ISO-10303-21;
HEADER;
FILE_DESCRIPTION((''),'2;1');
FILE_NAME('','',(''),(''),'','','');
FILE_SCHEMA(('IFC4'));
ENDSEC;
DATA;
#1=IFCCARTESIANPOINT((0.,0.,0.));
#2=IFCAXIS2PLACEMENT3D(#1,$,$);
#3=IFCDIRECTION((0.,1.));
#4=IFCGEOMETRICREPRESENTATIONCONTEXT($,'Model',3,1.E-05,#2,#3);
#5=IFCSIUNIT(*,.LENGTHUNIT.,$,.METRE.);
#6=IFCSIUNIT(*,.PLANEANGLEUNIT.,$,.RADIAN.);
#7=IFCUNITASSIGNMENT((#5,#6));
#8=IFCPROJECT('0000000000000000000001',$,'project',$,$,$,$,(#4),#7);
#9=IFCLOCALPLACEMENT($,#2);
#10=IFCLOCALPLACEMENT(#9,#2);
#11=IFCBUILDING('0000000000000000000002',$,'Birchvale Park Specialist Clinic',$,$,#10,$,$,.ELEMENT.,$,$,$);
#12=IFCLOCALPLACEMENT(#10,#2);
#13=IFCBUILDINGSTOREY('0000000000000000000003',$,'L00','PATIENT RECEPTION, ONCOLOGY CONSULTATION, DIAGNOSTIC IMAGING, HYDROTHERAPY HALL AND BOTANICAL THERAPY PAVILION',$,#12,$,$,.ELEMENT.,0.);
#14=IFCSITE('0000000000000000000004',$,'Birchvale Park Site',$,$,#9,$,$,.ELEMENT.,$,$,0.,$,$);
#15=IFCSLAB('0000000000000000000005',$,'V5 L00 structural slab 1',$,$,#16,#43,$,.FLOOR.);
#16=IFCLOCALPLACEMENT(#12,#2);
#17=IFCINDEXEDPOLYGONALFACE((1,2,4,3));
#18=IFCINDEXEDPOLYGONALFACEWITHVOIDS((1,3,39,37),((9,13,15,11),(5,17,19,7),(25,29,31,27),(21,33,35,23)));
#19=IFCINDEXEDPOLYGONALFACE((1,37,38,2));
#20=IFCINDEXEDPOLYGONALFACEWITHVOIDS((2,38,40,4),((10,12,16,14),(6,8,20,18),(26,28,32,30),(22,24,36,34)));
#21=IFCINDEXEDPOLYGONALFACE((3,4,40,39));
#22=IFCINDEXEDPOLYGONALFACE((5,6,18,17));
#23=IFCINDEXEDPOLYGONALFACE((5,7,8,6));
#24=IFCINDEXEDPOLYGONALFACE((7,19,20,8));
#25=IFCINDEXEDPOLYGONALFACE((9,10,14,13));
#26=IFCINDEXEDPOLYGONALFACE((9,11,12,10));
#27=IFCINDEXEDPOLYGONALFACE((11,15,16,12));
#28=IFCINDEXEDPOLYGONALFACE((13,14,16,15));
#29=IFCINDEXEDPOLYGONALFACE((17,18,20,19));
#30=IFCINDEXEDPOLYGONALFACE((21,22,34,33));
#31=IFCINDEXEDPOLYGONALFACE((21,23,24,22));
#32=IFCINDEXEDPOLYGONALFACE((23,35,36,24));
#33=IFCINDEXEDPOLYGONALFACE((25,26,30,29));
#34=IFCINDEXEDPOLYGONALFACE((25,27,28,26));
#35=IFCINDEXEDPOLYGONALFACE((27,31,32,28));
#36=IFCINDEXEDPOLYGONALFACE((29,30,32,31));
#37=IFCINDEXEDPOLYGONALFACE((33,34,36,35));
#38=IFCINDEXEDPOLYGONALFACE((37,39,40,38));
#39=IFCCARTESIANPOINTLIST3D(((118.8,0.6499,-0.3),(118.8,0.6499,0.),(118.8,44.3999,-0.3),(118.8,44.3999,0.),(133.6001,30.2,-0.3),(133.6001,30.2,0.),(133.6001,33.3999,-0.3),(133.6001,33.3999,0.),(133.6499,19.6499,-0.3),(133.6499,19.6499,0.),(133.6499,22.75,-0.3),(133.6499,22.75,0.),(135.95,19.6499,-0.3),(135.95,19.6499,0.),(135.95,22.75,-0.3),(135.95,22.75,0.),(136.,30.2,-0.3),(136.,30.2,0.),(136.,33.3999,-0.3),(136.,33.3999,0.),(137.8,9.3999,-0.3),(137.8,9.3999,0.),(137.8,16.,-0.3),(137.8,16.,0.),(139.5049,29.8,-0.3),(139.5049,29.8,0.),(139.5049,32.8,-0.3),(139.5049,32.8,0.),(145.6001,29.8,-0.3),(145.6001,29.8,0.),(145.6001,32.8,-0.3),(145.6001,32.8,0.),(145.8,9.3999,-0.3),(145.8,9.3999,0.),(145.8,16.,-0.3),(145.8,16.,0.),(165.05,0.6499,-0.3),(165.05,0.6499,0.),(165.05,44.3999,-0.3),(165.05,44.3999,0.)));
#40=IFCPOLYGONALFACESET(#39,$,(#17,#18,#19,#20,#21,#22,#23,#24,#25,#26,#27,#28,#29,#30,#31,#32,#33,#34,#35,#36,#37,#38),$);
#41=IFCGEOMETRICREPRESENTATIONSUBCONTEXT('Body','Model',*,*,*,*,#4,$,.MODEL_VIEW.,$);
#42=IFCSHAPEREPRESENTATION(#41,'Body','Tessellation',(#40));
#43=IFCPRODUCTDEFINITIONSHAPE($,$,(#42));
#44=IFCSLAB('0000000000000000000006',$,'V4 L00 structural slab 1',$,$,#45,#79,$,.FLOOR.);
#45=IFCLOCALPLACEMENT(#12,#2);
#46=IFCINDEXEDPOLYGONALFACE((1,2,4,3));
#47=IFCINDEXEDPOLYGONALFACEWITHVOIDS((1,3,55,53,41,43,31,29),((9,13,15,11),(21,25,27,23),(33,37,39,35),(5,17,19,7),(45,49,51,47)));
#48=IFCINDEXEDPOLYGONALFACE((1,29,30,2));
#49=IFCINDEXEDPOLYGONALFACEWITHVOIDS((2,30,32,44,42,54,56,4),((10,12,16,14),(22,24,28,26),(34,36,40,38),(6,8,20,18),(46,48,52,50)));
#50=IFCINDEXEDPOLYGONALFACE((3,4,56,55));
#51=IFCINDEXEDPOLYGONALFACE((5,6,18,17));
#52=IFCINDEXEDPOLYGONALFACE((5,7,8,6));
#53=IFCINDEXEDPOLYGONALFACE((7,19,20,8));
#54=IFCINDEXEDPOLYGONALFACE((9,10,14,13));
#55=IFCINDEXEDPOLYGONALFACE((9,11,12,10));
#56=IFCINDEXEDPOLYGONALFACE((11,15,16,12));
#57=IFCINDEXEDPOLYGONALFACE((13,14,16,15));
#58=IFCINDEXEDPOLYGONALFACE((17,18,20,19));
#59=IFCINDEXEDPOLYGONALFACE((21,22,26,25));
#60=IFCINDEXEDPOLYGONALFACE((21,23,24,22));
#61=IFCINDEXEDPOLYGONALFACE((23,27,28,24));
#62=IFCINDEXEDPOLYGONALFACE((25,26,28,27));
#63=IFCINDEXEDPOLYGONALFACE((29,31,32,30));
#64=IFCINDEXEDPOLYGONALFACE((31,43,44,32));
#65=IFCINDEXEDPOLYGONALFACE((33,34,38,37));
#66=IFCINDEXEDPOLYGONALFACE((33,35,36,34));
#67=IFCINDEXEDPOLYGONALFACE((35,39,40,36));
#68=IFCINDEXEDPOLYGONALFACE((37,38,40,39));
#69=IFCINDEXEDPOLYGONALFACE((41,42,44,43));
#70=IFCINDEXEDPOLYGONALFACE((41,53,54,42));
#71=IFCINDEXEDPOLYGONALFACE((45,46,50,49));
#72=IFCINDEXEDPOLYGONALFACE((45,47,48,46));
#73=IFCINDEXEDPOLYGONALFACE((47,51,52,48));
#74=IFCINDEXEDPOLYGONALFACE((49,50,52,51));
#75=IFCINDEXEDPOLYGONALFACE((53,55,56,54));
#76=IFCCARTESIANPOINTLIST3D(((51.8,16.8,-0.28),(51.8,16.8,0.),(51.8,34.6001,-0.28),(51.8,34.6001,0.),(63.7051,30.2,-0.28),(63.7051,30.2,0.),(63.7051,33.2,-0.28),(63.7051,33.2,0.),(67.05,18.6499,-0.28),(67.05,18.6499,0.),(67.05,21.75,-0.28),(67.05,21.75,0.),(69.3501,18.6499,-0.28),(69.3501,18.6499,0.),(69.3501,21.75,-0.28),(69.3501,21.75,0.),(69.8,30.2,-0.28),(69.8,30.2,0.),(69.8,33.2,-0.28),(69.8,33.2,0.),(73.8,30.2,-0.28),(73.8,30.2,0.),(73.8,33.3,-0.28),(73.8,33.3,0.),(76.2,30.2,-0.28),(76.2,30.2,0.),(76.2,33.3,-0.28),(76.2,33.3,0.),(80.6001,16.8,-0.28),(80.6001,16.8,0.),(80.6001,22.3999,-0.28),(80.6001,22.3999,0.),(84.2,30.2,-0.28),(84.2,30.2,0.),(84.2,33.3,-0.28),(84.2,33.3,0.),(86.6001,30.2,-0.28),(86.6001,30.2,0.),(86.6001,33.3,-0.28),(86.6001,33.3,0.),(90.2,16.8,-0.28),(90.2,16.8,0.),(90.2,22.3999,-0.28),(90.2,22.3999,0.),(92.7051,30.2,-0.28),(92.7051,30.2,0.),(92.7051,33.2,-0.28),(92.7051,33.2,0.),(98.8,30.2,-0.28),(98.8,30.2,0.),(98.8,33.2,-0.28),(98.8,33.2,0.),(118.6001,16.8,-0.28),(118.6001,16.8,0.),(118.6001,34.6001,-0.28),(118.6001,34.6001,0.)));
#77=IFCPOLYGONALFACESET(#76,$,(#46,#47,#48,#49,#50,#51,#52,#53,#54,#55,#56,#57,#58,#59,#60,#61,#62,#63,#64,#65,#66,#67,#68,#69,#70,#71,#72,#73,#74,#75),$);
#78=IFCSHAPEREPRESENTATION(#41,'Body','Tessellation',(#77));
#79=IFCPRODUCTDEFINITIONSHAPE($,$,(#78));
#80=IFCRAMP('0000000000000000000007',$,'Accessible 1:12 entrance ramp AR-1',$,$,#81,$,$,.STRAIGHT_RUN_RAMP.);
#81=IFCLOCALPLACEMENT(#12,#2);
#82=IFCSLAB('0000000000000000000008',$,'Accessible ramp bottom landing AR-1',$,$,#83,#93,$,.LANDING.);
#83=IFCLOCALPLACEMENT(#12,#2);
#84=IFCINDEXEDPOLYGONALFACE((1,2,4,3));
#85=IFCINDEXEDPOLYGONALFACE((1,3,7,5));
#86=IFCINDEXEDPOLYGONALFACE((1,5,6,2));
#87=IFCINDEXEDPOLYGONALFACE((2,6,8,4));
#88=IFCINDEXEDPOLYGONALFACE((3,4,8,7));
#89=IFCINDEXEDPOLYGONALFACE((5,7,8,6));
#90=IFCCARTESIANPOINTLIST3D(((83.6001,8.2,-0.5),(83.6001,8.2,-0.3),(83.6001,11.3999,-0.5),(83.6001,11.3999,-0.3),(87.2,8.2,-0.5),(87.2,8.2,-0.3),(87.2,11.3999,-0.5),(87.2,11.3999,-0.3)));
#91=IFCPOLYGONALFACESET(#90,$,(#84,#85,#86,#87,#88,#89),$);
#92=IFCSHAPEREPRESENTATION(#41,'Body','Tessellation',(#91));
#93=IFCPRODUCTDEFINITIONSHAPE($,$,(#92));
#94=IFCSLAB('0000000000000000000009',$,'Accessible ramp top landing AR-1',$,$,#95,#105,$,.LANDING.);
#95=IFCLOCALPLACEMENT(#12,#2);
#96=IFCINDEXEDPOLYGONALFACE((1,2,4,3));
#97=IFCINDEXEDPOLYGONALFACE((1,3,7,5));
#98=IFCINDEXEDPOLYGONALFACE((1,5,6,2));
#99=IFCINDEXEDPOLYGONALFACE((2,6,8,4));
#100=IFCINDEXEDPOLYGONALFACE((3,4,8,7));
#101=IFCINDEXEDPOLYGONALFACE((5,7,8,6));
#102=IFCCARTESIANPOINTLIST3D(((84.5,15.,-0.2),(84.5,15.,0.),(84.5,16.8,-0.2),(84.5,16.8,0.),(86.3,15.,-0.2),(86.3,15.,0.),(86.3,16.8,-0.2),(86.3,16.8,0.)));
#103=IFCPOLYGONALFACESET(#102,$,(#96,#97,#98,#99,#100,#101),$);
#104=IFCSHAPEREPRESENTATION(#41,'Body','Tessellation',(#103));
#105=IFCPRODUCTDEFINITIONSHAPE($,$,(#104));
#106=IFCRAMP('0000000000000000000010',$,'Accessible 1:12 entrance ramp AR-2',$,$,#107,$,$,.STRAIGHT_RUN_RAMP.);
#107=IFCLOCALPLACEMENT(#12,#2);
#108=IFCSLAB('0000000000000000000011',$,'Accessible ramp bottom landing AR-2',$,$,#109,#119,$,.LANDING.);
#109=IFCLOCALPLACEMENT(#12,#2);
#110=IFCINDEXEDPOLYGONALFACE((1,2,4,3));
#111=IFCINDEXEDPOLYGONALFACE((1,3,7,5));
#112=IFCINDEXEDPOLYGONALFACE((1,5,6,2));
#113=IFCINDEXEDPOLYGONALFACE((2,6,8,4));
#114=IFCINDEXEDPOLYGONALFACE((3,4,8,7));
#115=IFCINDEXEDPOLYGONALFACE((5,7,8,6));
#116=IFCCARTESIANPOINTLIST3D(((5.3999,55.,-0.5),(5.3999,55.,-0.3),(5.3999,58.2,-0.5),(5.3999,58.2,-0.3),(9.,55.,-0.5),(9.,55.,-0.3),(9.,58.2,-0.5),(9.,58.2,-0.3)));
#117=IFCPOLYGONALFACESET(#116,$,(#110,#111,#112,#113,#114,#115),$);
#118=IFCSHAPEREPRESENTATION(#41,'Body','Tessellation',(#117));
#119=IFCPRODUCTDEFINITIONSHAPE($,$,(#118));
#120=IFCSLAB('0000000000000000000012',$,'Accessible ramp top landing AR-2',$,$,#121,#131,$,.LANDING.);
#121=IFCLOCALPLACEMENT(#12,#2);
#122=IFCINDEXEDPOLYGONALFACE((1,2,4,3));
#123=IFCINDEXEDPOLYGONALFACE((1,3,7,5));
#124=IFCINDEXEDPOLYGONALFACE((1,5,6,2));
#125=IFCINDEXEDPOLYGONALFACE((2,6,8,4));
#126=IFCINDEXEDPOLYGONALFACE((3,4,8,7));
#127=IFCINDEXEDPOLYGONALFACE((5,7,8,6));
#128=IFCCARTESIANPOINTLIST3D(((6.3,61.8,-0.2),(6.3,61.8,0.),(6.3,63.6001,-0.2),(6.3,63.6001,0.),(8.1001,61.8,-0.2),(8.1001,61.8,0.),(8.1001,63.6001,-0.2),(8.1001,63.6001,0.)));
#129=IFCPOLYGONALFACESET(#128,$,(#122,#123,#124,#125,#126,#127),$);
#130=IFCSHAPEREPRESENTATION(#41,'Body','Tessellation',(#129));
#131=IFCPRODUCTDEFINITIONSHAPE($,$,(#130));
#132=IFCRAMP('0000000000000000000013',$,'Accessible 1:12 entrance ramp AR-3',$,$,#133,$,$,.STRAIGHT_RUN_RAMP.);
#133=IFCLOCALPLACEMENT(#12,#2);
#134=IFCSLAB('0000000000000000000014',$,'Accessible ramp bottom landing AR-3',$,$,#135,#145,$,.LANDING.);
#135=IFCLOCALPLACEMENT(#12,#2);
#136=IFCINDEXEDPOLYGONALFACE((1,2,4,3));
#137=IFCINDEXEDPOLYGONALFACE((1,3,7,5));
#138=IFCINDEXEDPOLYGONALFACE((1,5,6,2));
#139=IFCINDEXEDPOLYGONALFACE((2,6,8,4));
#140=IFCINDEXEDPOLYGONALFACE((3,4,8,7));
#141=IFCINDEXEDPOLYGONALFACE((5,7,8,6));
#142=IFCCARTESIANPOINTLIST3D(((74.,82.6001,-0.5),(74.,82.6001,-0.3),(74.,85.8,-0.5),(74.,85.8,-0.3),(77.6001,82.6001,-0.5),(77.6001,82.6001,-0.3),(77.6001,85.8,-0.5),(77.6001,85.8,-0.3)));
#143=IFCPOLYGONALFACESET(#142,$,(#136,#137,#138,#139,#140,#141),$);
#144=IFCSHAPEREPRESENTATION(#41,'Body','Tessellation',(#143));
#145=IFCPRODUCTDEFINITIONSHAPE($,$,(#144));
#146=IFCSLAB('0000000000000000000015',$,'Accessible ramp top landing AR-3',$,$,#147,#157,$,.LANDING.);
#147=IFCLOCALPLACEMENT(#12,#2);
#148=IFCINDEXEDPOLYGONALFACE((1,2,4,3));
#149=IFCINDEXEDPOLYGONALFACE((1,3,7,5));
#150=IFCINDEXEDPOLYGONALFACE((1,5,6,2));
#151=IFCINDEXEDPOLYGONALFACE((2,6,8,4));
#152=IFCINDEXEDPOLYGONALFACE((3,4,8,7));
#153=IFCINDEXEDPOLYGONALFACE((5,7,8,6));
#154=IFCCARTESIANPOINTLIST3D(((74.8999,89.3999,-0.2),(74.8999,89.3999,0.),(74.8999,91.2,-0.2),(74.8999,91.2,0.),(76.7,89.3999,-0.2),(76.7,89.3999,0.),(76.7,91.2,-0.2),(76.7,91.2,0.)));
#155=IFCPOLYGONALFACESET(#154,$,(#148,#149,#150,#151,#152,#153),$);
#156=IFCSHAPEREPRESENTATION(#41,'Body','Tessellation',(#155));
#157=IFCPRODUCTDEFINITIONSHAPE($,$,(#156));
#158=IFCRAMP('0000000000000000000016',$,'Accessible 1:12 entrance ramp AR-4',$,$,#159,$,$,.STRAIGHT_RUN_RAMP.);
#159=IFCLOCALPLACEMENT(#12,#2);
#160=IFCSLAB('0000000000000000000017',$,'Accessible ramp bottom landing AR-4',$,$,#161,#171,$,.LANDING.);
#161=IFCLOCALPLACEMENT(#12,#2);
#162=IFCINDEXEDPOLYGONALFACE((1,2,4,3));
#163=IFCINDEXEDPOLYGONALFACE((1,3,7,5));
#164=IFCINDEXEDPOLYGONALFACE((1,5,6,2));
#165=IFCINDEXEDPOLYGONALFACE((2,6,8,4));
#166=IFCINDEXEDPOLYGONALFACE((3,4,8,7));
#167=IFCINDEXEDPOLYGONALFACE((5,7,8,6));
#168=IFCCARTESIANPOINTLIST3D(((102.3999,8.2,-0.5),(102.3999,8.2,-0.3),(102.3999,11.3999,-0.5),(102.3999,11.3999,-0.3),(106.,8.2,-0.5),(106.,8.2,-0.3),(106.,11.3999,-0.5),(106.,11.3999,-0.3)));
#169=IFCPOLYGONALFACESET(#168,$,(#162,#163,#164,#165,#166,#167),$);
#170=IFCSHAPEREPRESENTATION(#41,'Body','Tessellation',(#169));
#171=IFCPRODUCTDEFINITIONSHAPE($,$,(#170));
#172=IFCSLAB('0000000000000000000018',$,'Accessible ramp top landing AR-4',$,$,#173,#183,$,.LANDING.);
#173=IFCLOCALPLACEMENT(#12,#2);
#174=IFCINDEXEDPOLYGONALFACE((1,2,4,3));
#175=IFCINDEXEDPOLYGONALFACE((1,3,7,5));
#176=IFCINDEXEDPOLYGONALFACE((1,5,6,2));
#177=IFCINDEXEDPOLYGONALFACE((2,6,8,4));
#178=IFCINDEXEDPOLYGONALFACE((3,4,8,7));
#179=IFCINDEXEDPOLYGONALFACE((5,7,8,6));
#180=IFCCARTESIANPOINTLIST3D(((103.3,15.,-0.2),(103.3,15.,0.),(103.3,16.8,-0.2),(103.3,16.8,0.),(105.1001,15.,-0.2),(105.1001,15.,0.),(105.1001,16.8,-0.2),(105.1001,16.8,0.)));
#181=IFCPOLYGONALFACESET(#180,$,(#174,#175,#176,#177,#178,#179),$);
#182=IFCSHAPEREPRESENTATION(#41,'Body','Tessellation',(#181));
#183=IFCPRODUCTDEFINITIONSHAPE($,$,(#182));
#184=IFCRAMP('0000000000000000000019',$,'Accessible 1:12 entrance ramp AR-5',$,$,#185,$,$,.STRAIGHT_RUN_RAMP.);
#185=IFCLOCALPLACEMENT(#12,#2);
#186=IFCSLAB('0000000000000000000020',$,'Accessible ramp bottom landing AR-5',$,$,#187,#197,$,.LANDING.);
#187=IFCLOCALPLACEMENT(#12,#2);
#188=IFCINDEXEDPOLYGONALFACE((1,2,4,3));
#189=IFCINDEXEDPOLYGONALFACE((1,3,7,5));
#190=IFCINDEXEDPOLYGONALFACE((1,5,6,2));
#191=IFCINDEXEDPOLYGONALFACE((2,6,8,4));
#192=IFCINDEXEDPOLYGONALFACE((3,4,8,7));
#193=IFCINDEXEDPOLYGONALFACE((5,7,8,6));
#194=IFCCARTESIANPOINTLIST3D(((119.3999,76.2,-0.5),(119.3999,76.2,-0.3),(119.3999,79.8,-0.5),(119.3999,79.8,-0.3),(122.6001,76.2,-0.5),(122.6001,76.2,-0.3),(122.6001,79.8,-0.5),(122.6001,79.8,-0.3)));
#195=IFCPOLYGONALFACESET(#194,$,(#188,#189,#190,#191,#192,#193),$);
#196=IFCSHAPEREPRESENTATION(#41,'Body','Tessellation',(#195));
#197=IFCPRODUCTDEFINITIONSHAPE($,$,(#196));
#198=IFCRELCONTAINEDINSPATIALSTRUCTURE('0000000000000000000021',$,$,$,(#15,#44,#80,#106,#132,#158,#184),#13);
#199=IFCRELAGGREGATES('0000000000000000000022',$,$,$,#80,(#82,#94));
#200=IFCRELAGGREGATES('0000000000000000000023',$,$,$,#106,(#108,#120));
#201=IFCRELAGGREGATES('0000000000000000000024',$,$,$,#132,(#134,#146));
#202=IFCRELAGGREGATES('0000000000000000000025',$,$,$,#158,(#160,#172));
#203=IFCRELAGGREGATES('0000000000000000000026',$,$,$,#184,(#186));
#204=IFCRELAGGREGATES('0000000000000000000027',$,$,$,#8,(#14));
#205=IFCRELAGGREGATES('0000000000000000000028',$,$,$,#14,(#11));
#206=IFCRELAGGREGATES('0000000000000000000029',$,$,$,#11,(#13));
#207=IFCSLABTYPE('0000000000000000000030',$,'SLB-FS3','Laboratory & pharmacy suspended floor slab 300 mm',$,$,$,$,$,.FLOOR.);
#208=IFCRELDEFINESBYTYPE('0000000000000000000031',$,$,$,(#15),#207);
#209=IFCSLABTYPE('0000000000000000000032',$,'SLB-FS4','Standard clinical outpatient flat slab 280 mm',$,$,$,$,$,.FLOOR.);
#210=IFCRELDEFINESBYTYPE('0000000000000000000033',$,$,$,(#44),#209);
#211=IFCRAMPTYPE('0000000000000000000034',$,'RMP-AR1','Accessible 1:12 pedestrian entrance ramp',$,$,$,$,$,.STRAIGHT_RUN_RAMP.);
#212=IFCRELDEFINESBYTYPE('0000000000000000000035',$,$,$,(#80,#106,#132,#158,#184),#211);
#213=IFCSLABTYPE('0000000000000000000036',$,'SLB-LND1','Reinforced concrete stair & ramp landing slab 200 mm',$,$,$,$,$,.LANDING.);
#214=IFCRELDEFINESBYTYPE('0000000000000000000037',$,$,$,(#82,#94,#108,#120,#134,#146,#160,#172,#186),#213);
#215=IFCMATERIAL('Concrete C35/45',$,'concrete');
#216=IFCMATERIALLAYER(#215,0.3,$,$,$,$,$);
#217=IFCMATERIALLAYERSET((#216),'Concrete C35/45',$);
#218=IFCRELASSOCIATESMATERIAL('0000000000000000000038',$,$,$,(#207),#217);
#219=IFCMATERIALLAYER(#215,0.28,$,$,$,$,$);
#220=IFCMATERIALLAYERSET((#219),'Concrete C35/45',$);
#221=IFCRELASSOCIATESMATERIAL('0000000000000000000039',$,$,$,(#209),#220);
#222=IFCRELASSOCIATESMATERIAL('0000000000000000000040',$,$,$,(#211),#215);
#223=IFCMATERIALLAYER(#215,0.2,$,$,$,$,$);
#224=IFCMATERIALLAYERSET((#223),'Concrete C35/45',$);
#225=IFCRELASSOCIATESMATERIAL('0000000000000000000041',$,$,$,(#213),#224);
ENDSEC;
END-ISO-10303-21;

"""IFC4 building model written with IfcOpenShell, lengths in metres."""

from ifc_helpers import new_model, si_unit, direction, frame, origin, place, context, subcontext, project, spatial, polyline, outline, extrude, material, layer, layer_set, type_object, element, aggregate, save


model = new_model("IFC4")

# Units and contexts
model_context = context("Model", 3, precision=1e-05, world=origin(), true_north=direction((0.0, 1.0)))
body_context = subcontext(model_context, "Body", "Model", "MODEL_VIEW")
ifc_project = project(units=[si_unit("LENGTHUNIT", "METRE"), si_unit("PLANEANGLEUNIT", "RADIAN")], contexts=[model_context])

# Site, building, storey
site_placement = place(None, origin())
site = spatial("IfcSite", under=ifc_project, at=site_placement, Name="Birchvale Park Site", CompositionType="ELEMENT", RefElevation=0.0)
building_placement = place(site_placement, origin())
building = spatial("IfcBuilding", under=site, at=building_placement, Name="Birchvale Park Specialist Clinic", CompositionType="ELEMENT")
storey_placement = place(building_placement, origin())
storey = spatial("IfcBuildingStorey", under=building, at=storey_placement, Name="L00", Description="PATIENT RECEPTION, ONCOLOGY CONSULTATION, DIAGNOSTIC IMAGING, HYDROTHERAPY HALL AND BOTANICAL THERAPY PAVILION", CompositionType="ELEMENT", Elevation=0.0)

# Slabs
ifc_material = material(Name="Concrete C35/45", Category="concrete")
ifc_layer_1 = layer(ifc_material, 0.3)
ifc_layer_set_1 = layer_set([ifc_layer_1], Name="Concrete C35/45")
slab_type_1 = type_object("IfcSlabType", Name="SLB-FS3", Description="Laboratory & pharmacy suspended floor slab 300 mm", PredefinedType="FLOOR", material=ifc_layer_set_1)
slab_1_placement = place(storey_placement, frame((0.0, 0.0, -0.3)))
element("IfcSlab", 1, at=slab_1_placement, inside=storey, type_object=slab_type_1, Name="V5 L00 structural slab 1", PredefinedType="FLOOR", context=body_context, shape_type="SweptSolid", body=[
    extrude(outline(polyline([(118.8, 0.6499), (165.05, 0.6499), (165.05, 44.3999), (118.8, 44.3999), (118.8, 0.6499)]), holes=[polyline([(137.8, 9.3999), (145.8, 9.3999), (145.8, 16.0), (137.8, 16.0), (137.8, 9.3999)]), polyline([(139.5049, 29.8), (145.6001, 29.8), (145.6001, 32.8), (139.5049, 32.8), (139.5049, 29.8)]), polyline([(133.6499, 19.6499), (135.95, 19.6499), (135.95, 22.75), (133.6499, 22.75), (133.6499, 19.6499)]), polyline([(133.6001, 30.2), (136.0, 30.2), (136.0, 33.3999), (133.6001, 33.3999), (133.6001, 30.2)])]), origin(), (0.0, 0.0, 1.0), 0.3),
])
ifc_layer_2 = layer(ifc_material, 0.28)
ifc_layer_set_2 = layer_set([ifc_layer_2], Name="Concrete C35/45")
slab_type_2 = type_object("IfcSlabType", Name="SLB-FS4", Description="Standard clinical outpatient flat slab 280 mm", PredefinedType="FLOOR", material=ifc_layer_set_2)
slab_2_placement = place(storey_placement, frame((0.0, 0.0, -0.28)))
element("IfcSlab", 2, at=slab_2_placement, inside=storey, type_object=slab_type_2, Name="V4 L00 structural slab 1", PredefinedType="FLOOR", context=body_context, shape_type="SweptSolid", body=[
    extrude(outline(polyline([(51.8, 16.8), (80.6001, 16.8), (80.6001, 22.3999), (90.2, 22.3999), (90.2, 16.8), (118.6001, 16.8), (118.6001, 34.6001), (51.8, 34.6001), (51.8, 16.8)]), holes=[polyline([(63.7051, 30.2), (69.8, 30.2), (69.8, 33.2), (63.7051, 33.2), (63.7051, 30.2)]), polyline([(92.7051, 30.2), (98.8, 30.2), (98.8, 33.2), (92.7051, 33.2), (92.7051, 30.2)]), polyline([(73.8, 30.2), (76.2, 30.2), (76.2, 33.3), (73.8, 33.3), (73.8, 30.2)]), polyline([(84.2, 30.2), (86.6001, 30.2), (86.6001, 33.3), (84.2, 33.3), (84.2, 30.2)]), polyline([(67.05, 18.6499), (69.3501, 18.6499), (69.3501, 21.75), (67.05, 21.75), (67.05, 18.6499)])]), origin(), (0.0, 0.0, 1.0), 0.28),
])

# Ramps, slabs
ramp_type = type_object("IfcRampType", Name="RMP-AR1", Description="Accessible 1:12 pedestrian entrance ramp", PredefinedType="STRAIGHT_RUN_RAMP", material=ifc_material)
ramp_1_placement = place(storey_placement, origin())
ramp_1 = element("IfcRamp", 3, at=ramp_1_placement, inside=storey, type_object=ramp_type, Name="Accessible 1:12 entrance ramp AR-1", PredefinedType="STRAIGHT_RUN_RAMP")
ifc_layer_3 = layer(ifc_material, 0.2)
ifc_layer_set_3 = layer_set([ifc_layer_3], Name="Concrete C35/45")
slab_type_3 = type_object("IfcSlabType", Name="SLB-LND1", Description="Reinforced concrete stair & ramp landing slab 200 mm", PredefinedType="LANDING", material=ifc_layer_set_3)
slab_3_placement = place(storey_placement, frame((0.0, 0.0, -0.5)))
slab_3 = element("IfcSlab", 4, at=slab_3_placement, type_object=slab_type_3, Name="Accessible ramp bottom landing AR-1", PredefinedType="LANDING", context=body_context, shape_type="SweptSolid", body=[
    extrude(outline(polyline([(83.6001, 8.2), (87.2, 8.2), (87.2, 11.3999), (83.6001, 11.3999), (83.6001, 8.2)])), origin(), (0.0, 0.0, 1.0), 0.2),
])
slab_4_placement = place(storey_placement, frame((0.0, 0.0, -0.2)))
slab_4 = element("IfcSlab", 5, at=slab_4_placement, type_object=slab_type_3, Name="Accessible ramp top landing AR-1", PredefinedType="LANDING", context=body_context, shape_type="SweptSolid", body=[
    extrude(outline(polyline([(84.5, 15.0), (86.3, 15.0), (86.3, 16.8), (84.5, 16.8), (84.5, 15.0)])), origin(), (0.0, 0.0, 1.0), 0.2),
])
aggregate(ramp_1, [slab_3, slab_4])
ramp_2_placement = place(storey_placement, origin())
ramp_2 = element("IfcRamp", 6, at=ramp_2_placement, inside=storey, type_object=ramp_type, Name="Accessible 1:12 entrance ramp AR-2", PredefinedType="STRAIGHT_RUN_RAMP")
slab_5_placement = place(storey_placement, frame((0.0, 0.0, -0.5)))
slab_5 = element("IfcSlab", 7, at=slab_5_placement, type_object=slab_type_3, Name="Accessible ramp bottom landing AR-2", PredefinedType="LANDING", context=body_context, shape_type="SweptSolid", body=[
    extrude(outline(polyline([(5.3999, 55.0), (9.0, 55.0), (9.0, 58.2), (5.3999, 58.2), (5.3999, 55.0)])), origin(), (0.0, 0.0, 1.0), 0.2),
])
slab_6_placement = place(storey_placement, frame((0.0, 0.0, -0.2)))
slab_6 = element("IfcSlab", 8, at=slab_6_placement, type_object=slab_type_3, Name="Accessible ramp top landing AR-2", PredefinedType="LANDING", context=body_context, shape_type="SweptSolid", body=[
    extrude(outline(polyline([(6.3, 61.8), (8.1001, 61.8), (8.1001, 63.6001), (6.3, 63.6001), (6.3, 61.8)])), origin(), (0.0, 0.0, 1.0), 0.2),
])
aggregate(ramp_2, [slab_5, slab_6])
ramp_3_placement = place(storey_placement, origin())
ramp_3 = element("IfcRamp", 9, at=ramp_3_placement, inside=storey, type_object=ramp_type, Name="Accessible 1:12 entrance ramp AR-3", PredefinedType="STRAIGHT_RUN_RAMP")
slab_7_placement = place(storey_placement, frame((0.0, 0.0, -0.5)))
slab_7 = element("IfcSlab", 10, at=slab_7_placement, type_object=slab_type_3, Name="Accessible ramp bottom landing AR-3", PredefinedType="LANDING", context=body_context, shape_type="SweptSolid", body=[
    extrude(outline(polyline([(74.0, 82.6001), (77.6001, 82.6001), (77.6001, 85.8), (74.0, 85.8), (74.0, 82.6001)])), origin(), (0.0, 0.0, 1.0), 0.2),
])
slab_8_placement = place(storey_placement, frame((0.0, 0.0, -0.2)))
slab_8 = element("IfcSlab", 11, at=slab_8_placement, type_object=slab_type_3, Name="Accessible ramp top landing AR-3", PredefinedType="LANDING", context=body_context, shape_type="SweptSolid", body=[
    extrude(outline(polyline([(74.8999, 89.3999), (76.7, 89.3999), (76.7, 91.2), (74.8999, 91.2), (74.8999, 89.3999)])), origin(), (0.0, 0.0, 1.0), 0.2),
])
aggregate(ramp_3, [slab_7, slab_8])
ramp_4_placement = place(storey_placement, origin())
ramp_4 = element("IfcRamp", 12, at=ramp_4_placement, inside=storey, type_object=ramp_type, Name="Accessible 1:12 entrance ramp AR-4", PredefinedType="STRAIGHT_RUN_RAMP")
slab_9_placement = place(storey_placement, frame((0.0, 0.0, -0.5)))
slab_9 = element("IfcSlab", 13, at=slab_9_placement, type_object=slab_type_3, Name="Accessible ramp bottom landing AR-4", PredefinedType="LANDING", context=body_context, shape_type="SweptSolid", body=[
    extrude(outline(polyline([(102.3999, 8.2), (106.0, 8.2), (106.0, 11.3999), (102.3999, 11.3999), (102.3999, 8.2)])), origin(), (0.0, 0.0, 1.0), 0.2),
])
slab_10_placement = place(storey_placement, frame((0.0, 0.0, -0.2)))
slab_10 = element("IfcSlab", 14, at=slab_10_placement, type_object=slab_type_3, Name="Accessible ramp top landing AR-4", PredefinedType="LANDING", context=body_context, shape_type="SweptSolid", body=[
    extrude(outline(polyline([(103.3, 15.0), (105.1001, 15.0), (105.1001, 16.8), (103.3, 16.8), (103.3, 15.0)])), origin(), (0.0, 0.0, 1.0), 0.2),
])
aggregate(ramp_4, [slab_9, slab_10])
ramp_5_placement = place(storey_placement, origin())
ramp_5 = element("IfcRamp", 15, at=ramp_5_placement, inside=storey, type_object=ramp_type, Name="Accessible 1:12 entrance ramp AR-5", PredefinedType="STRAIGHT_RUN_RAMP")
slab_11_placement = place(storey_placement, frame((0.0, 0.0, -0.5)))
slab_11 = element("IfcSlab", 16, at=slab_11_placement, type_object=slab_type_3, Name="Accessible ramp bottom landing AR-5", PredefinedType="LANDING", context=body_context, shape_type="SweptSolid", body=[
    extrude(outline(polyline([(119.3999, 76.2), (122.6001, 76.2), (122.6001, 79.8), (119.3999, 79.8), (119.3999, 76.2)])), origin(), (0.0, 0.0, 1.0), 0.2),
])
aggregate(ramp_5, [slab_11])

save(model, "model.ifc")
